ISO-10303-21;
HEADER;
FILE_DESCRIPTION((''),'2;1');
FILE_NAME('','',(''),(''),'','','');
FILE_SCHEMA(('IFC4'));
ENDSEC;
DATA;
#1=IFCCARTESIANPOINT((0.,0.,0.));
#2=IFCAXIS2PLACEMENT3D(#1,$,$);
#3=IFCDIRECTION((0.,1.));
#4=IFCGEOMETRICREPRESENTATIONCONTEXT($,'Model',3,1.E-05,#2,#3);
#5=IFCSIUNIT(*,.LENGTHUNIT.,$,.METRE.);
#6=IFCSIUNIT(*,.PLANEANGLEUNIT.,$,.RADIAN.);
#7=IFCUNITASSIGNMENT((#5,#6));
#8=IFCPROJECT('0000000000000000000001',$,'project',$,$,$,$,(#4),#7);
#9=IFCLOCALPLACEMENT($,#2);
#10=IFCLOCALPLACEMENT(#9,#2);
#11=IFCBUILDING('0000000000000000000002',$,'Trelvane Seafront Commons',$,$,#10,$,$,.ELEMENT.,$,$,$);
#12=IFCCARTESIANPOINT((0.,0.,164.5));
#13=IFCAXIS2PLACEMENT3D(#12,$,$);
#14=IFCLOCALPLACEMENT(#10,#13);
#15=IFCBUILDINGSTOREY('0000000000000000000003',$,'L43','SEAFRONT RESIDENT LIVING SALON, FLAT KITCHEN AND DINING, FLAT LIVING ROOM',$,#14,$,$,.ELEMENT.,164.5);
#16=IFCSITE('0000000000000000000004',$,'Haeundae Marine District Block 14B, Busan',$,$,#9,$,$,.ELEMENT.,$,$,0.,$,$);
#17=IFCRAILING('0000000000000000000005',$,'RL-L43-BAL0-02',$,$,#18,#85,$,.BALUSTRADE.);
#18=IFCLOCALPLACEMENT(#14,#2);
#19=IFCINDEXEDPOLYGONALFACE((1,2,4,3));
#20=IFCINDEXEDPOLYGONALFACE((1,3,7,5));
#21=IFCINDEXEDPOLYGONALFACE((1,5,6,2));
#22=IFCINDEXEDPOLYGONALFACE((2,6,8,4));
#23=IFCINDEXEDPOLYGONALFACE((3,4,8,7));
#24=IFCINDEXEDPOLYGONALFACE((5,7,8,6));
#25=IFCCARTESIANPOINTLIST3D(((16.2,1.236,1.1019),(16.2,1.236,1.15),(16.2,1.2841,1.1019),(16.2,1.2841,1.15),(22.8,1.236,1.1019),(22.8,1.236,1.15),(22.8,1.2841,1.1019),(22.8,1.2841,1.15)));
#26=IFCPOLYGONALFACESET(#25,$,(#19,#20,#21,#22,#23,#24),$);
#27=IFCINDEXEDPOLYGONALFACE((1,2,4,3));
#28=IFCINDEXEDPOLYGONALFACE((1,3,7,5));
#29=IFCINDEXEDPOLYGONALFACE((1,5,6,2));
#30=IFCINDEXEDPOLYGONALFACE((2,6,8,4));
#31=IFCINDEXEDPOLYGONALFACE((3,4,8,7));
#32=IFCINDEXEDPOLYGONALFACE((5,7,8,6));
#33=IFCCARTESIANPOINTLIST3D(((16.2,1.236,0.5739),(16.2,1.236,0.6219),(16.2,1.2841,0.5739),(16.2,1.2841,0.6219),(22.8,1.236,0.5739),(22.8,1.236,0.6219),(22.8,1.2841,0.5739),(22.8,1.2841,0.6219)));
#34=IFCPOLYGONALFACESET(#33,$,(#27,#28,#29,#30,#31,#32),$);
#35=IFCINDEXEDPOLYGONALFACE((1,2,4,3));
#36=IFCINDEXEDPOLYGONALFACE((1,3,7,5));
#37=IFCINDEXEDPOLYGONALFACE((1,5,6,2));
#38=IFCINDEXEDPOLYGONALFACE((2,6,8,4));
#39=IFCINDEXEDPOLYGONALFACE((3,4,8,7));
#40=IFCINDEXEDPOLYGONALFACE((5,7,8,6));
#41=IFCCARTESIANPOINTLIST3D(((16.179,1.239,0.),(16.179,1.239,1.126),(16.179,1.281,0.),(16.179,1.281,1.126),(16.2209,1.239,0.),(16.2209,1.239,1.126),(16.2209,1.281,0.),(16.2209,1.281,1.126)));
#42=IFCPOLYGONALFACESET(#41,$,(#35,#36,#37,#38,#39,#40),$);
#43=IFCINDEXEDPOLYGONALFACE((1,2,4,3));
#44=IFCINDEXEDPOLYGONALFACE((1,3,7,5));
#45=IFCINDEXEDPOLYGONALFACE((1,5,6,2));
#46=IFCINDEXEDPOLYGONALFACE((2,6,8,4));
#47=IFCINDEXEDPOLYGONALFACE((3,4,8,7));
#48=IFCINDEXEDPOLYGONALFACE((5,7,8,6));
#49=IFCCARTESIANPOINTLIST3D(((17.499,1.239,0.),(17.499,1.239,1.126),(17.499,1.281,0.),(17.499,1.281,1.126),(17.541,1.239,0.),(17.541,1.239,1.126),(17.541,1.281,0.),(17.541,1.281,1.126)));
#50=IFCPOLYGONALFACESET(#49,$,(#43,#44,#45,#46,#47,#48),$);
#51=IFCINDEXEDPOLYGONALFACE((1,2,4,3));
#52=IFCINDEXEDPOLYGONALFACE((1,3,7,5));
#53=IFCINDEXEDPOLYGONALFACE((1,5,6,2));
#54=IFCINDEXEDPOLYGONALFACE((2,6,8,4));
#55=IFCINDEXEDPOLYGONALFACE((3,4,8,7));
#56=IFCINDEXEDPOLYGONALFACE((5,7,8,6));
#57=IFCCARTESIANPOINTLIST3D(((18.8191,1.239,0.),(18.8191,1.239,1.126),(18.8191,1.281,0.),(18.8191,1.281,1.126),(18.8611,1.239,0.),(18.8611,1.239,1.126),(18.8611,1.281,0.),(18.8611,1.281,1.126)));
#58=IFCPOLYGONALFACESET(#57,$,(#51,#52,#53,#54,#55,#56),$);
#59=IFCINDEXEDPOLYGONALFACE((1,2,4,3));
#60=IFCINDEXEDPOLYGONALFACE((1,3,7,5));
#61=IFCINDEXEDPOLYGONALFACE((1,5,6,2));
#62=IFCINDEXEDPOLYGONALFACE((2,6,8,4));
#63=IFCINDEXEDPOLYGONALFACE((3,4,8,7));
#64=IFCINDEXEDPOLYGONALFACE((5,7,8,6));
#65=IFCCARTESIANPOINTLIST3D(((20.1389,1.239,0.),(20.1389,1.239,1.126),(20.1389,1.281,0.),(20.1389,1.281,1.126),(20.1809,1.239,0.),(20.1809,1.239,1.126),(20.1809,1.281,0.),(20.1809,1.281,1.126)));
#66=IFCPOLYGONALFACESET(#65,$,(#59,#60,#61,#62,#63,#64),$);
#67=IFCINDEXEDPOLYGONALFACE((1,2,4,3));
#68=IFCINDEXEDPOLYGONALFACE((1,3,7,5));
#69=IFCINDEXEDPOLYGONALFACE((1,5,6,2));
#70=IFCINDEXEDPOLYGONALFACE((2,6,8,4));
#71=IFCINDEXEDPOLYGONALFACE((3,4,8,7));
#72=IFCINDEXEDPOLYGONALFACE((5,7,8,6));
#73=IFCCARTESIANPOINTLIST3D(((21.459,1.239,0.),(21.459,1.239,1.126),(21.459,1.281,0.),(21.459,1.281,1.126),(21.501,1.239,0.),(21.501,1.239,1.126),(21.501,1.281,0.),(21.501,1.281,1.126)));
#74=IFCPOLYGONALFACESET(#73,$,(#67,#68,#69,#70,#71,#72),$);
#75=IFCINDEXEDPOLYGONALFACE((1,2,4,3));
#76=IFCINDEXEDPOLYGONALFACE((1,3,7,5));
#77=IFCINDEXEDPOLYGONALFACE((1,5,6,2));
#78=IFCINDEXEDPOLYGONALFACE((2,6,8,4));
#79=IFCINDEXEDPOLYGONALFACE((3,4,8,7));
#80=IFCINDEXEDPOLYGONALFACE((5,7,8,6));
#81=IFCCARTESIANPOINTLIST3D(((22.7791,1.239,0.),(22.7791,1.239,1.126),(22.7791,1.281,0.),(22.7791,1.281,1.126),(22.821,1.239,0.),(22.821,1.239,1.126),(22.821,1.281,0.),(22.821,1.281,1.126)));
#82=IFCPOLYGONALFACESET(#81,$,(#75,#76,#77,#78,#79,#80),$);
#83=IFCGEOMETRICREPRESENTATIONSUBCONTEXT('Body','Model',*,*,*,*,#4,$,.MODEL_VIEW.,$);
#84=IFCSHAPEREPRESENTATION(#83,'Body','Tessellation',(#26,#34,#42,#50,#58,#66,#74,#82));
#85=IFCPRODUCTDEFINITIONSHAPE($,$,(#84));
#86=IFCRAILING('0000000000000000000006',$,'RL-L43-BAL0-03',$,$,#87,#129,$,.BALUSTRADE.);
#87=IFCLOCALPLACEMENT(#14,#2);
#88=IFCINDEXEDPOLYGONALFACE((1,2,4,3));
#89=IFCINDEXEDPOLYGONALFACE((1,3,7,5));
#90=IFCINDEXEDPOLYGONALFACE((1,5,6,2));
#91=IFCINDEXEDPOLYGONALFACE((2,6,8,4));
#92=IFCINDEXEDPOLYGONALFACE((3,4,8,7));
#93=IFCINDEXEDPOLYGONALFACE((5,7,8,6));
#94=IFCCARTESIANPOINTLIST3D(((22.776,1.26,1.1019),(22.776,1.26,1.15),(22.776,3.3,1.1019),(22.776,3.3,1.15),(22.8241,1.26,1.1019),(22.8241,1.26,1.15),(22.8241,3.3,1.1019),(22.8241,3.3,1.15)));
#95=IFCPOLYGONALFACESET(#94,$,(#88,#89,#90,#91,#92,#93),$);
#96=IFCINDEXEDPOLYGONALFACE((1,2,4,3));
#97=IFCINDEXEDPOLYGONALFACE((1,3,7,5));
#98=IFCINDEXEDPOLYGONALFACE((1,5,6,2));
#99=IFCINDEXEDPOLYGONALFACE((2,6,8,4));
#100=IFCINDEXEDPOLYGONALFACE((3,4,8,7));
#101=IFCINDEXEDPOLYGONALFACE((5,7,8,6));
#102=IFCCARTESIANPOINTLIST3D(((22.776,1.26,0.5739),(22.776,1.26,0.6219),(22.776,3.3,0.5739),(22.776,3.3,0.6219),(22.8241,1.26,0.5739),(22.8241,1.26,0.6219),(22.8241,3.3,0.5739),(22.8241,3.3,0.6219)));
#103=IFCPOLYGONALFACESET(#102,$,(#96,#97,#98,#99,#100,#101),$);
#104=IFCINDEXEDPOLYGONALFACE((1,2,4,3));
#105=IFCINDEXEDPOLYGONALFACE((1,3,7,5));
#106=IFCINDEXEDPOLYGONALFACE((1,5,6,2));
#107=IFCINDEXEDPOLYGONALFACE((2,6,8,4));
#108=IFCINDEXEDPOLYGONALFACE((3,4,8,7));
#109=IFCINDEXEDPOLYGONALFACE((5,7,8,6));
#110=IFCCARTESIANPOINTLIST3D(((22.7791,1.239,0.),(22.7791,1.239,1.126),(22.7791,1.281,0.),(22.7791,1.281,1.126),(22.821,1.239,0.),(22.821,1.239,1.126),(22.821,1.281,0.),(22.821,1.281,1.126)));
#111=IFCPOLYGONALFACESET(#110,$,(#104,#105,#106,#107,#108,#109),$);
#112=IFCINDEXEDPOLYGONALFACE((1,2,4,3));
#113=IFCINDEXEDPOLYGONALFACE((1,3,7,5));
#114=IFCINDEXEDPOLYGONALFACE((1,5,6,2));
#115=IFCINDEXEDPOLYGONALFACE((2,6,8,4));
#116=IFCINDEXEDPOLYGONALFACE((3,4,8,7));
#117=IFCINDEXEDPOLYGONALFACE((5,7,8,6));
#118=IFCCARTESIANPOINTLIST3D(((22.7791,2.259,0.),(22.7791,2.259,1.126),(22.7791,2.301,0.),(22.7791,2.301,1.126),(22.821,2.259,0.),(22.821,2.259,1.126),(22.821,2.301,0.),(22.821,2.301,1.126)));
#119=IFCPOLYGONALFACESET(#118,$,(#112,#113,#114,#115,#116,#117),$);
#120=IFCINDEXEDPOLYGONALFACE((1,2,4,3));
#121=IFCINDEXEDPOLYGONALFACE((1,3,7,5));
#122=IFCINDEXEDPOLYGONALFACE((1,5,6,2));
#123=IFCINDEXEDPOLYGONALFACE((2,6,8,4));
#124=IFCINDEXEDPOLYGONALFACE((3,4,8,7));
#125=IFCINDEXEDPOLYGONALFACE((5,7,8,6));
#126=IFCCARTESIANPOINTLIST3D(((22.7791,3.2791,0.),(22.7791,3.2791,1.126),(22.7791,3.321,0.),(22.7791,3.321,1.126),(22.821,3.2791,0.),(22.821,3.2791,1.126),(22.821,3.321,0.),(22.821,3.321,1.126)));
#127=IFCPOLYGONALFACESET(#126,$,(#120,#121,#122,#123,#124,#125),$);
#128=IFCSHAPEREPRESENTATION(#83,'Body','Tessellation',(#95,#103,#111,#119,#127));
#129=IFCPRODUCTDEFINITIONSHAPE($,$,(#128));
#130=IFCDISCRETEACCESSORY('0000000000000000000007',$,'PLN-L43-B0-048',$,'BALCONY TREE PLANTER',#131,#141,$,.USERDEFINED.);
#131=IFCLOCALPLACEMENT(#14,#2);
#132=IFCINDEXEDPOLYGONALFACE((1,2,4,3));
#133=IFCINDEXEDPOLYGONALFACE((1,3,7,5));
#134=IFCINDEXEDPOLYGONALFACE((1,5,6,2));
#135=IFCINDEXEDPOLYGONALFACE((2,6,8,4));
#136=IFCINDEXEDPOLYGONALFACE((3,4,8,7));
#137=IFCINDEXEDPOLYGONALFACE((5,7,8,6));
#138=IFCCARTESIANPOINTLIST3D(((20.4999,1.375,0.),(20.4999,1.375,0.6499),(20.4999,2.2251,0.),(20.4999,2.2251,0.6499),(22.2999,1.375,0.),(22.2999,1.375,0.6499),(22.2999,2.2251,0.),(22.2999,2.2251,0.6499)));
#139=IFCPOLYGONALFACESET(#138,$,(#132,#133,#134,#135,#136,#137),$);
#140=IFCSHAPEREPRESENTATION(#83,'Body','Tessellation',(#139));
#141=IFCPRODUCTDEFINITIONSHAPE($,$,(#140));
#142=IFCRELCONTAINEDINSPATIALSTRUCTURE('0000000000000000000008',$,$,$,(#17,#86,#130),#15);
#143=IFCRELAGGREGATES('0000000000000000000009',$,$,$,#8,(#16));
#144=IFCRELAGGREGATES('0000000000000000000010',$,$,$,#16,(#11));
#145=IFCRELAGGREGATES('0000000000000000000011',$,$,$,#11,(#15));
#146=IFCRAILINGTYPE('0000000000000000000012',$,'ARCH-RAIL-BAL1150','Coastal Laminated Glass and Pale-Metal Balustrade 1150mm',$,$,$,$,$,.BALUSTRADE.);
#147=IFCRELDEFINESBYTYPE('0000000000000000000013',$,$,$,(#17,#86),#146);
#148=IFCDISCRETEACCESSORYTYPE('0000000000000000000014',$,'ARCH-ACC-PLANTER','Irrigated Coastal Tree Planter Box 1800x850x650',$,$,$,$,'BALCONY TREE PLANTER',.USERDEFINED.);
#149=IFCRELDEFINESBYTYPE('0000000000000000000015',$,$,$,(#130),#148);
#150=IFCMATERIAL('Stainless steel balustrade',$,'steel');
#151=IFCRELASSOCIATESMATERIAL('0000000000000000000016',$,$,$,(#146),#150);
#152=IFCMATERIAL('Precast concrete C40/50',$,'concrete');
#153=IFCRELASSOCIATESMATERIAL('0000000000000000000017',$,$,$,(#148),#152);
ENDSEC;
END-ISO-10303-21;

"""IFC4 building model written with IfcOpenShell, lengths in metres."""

from ifc_helpers import new_model, si_unit, direction, frame, origin, origin_2d, place, context, subcontext, project, spatial, rectangle, extrude, source, transform, mapped, material, type_object, element, save


model = new_model("IFC4")

# Units and contexts
model_context = context("Model", 3, precision=1e-05, world=origin(), true_north=direction((0.0, 1.0)))
body_context = subcontext(model_context, "Body", "Model", "MODEL_VIEW")
ifc_project = project(units=[si_unit("LENGTHUNIT", "METRE"), si_unit("PLANEANGLEUNIT", "RADIAN")], contexts=[model_context])

# Site, building, storey
site_placement = place(None, origin())
site = spatial("IfcSite", under=ifc_project, at=site_placement, Name="Haeundae Marine District Block 14B, Busan", CompositionType="ELEMENT", RefElevation=0.0)
building_placement = place(site_placement, origin())
building = spatial("IfcBuilding", under=site, at=building_placement, Name="Trelvane Seafront Commons", CompositionType="ELEMENT")
storey_placement = place(building_placement, frame((0.0, 0.0, 164.5)))
storey = spatial("IfcBuildingStorey", under=building, at=storey_placement, Name="L43", Description="SEAFRONT RESIDENT LIVING SALON, FLAT KITCHEN AND DINING, FLAT LIVING ROOM", CompositionType="ELEMENT", Elevation=164.5)

# Railings
ifc_material_1 = material(Name="Stainless steel balustrade", Category="steel")
railing_type = type_object("IfcRailingType", Name="ARCH-RAIL-BAL1150", Description="Coastal Laminated Glass and Pale-Metal Balustrade 1150mm", PredefinedType="BALUSTRADE", material=ifc_material_1)
railing_1_placement = place(storey_placement, frame((16.2, 1.26, 0.0)))
element("IfcRailing", 1, at=railing_1_placement, inside=storey, type_object=railing_type, Name="RL-L43-BAL0-02", PredefinedType="BALUSTRADE", context=body_context, shape_type="SweptSolid", body=[
    extrude(rectangle(XDim=0.0481, YDim=0.0481, at=origin_2d()), frame((0.0, 0.0, 1.126), z_axis=(1.0, 0.0, 0.0), x_axis=(0.0, 1.0, 0.0)), (0.0, 0.0, 1.0), 6.6001),
    extrude(rectangle(XDim=0.0481, YDim=0.0481, at=origin_2d()), frame((0.0, 0.0, 0.5979), z_axis=(1.0, 0.0, 0.0), x_axis=(0.0, 1.0, 0.0)), (0.0, 0.0, 1.0), 6.6001),
    extrude(rectangle(XDim=0.042, YDim=0.042, at=origin_2d()), origin(), (0.0, 0.0, 1.0), 1.126),
    extrude(rectangle(XDim=0.042, YDim=0.042, at=origin_2d()), frame((1.3201, 0.0, 0.0)), (0.0, 0.0, 1.0), 1.126),
    extrude(rectangle(XDim=0.042, YDim=0.042, at=origin_2d()), frame((2.6401, 0.0, 0.0)), (0.0, 0.0, 1.0), 1.126),
    extrude(rectangle(XDim=0.042, YDim=0.042, at=origin_2d()), frame((3.96, 0.0, 0.0)), (0.0, 0.0, 1.0), 1.126),
    extrude(rectangle(XDim=0.042, YDim=0.042, at=origin_2d()), frame((5.28, 0.0, 0.0)), (0.0, 0.0, 1.0), 1.126),
    extrude(rectangle(XDim=0.042, YDim=0.042, at=origin_2d()), frame((6.6001, 0.0, 0.0)), (0.0, 0.0, 1.0), 1.126),
])
railing_2_placement = place(storey_placement, frame((22.8, 1.26, 0.0)))
element("IfcRailing", 2, at=railing_2_placement, inside=storey, type_object=railing_type, Name="RL-L43-BAL0-03", PredefinedType="BALUSTRADE", context=body_context, shape_type="SweptSolid", body=[
    extrude(rectangle(XDim=0.0481, YDim=0.0481, at=origin_2d()), frame((0.0, 0.0, 1.126), z_axis=(0.0, 1.0, 0.0), x_axis=(-1.0, 0.0, 0.0)), (0.0, 0.0, 1.0), 2.04),
    extrude(rectangle(XDim=0.0481, YDim=0.0481, at=origin_2d()), frame((0.0, 0.0, 0.5979), z_axis=(0.0, 1.0, 0.0), x_axis=(-1.0, 0.0, 0.0)), (0.0, 0.0, 1.0), 2.04),
    extrude(rectangle(XDim=0.042, YDim=0.042, at=origin_2d()), origin(), (0.0, 0.0, 1.0), 1.126),
    extrude(rectangle(XDim=0.042, YDim=0.042, at=origin_2d()), frame((0.0, 1.02, 0.0)), (0.0, 0.0, 1.0), 1.126),
    extrude(rectangle(XDim=0.042, YDim=0.042, at=origin_2d()), frame((0.0, 2.04, 0.0)), (0.0, 0.0, 1.0), 1.126),
])

# Discrete accessory
ifc_material_2 = material(Name="Precast concrete C40/50", Category="concrete")
discrete_accessory_type = type_object("IfcDiscreteAccessoryType", Name="ARCH-ACC-PLANTER", Description="Irrigated Coastal Tree Planter Box 1800x850x650", ElementType="BALCONY TREE PLANTER", PredefinedType="USERDEFINED", material=ifc_material_2)
shared_shape_1 = source(origin(), body_context, "Body", "SweptSolid", [
    extrude(rectangle(XDim=1.8, YDim=0.8501, at=origin_2d()), origin(), (0.0, 0.0, 1.0), 0.6499),
])
discrete_accessory_placement = place(storey_placement, frame((21.3999, 1.8, 0.0), z_axis=(0.0, 0.0, 1.0), x_axis=(1.0, 0.0, 0.0)))
element("IfcDiscreteAccessory", 3, at=discrete_accessory_placement, inside=storey, type_object=discrete_accessory_type, Name="PLN-L43-B0-048", ObjectType="BALCONY TREE PLANTER", PredefinedType="USERDEFINED", context=body_context, shape_type="MappedRepresentation", body=[
    mapped(shared_shape_1, transform((0.0, 0.0, 0.0), x_axis=(1.0, 0.0, 0.0), y_axis=(0.0, 1.0, 0.0), z_axis=(0.0, 0.0, 1.0), scale=1.0)),
])

save(model, "model.ifc")
